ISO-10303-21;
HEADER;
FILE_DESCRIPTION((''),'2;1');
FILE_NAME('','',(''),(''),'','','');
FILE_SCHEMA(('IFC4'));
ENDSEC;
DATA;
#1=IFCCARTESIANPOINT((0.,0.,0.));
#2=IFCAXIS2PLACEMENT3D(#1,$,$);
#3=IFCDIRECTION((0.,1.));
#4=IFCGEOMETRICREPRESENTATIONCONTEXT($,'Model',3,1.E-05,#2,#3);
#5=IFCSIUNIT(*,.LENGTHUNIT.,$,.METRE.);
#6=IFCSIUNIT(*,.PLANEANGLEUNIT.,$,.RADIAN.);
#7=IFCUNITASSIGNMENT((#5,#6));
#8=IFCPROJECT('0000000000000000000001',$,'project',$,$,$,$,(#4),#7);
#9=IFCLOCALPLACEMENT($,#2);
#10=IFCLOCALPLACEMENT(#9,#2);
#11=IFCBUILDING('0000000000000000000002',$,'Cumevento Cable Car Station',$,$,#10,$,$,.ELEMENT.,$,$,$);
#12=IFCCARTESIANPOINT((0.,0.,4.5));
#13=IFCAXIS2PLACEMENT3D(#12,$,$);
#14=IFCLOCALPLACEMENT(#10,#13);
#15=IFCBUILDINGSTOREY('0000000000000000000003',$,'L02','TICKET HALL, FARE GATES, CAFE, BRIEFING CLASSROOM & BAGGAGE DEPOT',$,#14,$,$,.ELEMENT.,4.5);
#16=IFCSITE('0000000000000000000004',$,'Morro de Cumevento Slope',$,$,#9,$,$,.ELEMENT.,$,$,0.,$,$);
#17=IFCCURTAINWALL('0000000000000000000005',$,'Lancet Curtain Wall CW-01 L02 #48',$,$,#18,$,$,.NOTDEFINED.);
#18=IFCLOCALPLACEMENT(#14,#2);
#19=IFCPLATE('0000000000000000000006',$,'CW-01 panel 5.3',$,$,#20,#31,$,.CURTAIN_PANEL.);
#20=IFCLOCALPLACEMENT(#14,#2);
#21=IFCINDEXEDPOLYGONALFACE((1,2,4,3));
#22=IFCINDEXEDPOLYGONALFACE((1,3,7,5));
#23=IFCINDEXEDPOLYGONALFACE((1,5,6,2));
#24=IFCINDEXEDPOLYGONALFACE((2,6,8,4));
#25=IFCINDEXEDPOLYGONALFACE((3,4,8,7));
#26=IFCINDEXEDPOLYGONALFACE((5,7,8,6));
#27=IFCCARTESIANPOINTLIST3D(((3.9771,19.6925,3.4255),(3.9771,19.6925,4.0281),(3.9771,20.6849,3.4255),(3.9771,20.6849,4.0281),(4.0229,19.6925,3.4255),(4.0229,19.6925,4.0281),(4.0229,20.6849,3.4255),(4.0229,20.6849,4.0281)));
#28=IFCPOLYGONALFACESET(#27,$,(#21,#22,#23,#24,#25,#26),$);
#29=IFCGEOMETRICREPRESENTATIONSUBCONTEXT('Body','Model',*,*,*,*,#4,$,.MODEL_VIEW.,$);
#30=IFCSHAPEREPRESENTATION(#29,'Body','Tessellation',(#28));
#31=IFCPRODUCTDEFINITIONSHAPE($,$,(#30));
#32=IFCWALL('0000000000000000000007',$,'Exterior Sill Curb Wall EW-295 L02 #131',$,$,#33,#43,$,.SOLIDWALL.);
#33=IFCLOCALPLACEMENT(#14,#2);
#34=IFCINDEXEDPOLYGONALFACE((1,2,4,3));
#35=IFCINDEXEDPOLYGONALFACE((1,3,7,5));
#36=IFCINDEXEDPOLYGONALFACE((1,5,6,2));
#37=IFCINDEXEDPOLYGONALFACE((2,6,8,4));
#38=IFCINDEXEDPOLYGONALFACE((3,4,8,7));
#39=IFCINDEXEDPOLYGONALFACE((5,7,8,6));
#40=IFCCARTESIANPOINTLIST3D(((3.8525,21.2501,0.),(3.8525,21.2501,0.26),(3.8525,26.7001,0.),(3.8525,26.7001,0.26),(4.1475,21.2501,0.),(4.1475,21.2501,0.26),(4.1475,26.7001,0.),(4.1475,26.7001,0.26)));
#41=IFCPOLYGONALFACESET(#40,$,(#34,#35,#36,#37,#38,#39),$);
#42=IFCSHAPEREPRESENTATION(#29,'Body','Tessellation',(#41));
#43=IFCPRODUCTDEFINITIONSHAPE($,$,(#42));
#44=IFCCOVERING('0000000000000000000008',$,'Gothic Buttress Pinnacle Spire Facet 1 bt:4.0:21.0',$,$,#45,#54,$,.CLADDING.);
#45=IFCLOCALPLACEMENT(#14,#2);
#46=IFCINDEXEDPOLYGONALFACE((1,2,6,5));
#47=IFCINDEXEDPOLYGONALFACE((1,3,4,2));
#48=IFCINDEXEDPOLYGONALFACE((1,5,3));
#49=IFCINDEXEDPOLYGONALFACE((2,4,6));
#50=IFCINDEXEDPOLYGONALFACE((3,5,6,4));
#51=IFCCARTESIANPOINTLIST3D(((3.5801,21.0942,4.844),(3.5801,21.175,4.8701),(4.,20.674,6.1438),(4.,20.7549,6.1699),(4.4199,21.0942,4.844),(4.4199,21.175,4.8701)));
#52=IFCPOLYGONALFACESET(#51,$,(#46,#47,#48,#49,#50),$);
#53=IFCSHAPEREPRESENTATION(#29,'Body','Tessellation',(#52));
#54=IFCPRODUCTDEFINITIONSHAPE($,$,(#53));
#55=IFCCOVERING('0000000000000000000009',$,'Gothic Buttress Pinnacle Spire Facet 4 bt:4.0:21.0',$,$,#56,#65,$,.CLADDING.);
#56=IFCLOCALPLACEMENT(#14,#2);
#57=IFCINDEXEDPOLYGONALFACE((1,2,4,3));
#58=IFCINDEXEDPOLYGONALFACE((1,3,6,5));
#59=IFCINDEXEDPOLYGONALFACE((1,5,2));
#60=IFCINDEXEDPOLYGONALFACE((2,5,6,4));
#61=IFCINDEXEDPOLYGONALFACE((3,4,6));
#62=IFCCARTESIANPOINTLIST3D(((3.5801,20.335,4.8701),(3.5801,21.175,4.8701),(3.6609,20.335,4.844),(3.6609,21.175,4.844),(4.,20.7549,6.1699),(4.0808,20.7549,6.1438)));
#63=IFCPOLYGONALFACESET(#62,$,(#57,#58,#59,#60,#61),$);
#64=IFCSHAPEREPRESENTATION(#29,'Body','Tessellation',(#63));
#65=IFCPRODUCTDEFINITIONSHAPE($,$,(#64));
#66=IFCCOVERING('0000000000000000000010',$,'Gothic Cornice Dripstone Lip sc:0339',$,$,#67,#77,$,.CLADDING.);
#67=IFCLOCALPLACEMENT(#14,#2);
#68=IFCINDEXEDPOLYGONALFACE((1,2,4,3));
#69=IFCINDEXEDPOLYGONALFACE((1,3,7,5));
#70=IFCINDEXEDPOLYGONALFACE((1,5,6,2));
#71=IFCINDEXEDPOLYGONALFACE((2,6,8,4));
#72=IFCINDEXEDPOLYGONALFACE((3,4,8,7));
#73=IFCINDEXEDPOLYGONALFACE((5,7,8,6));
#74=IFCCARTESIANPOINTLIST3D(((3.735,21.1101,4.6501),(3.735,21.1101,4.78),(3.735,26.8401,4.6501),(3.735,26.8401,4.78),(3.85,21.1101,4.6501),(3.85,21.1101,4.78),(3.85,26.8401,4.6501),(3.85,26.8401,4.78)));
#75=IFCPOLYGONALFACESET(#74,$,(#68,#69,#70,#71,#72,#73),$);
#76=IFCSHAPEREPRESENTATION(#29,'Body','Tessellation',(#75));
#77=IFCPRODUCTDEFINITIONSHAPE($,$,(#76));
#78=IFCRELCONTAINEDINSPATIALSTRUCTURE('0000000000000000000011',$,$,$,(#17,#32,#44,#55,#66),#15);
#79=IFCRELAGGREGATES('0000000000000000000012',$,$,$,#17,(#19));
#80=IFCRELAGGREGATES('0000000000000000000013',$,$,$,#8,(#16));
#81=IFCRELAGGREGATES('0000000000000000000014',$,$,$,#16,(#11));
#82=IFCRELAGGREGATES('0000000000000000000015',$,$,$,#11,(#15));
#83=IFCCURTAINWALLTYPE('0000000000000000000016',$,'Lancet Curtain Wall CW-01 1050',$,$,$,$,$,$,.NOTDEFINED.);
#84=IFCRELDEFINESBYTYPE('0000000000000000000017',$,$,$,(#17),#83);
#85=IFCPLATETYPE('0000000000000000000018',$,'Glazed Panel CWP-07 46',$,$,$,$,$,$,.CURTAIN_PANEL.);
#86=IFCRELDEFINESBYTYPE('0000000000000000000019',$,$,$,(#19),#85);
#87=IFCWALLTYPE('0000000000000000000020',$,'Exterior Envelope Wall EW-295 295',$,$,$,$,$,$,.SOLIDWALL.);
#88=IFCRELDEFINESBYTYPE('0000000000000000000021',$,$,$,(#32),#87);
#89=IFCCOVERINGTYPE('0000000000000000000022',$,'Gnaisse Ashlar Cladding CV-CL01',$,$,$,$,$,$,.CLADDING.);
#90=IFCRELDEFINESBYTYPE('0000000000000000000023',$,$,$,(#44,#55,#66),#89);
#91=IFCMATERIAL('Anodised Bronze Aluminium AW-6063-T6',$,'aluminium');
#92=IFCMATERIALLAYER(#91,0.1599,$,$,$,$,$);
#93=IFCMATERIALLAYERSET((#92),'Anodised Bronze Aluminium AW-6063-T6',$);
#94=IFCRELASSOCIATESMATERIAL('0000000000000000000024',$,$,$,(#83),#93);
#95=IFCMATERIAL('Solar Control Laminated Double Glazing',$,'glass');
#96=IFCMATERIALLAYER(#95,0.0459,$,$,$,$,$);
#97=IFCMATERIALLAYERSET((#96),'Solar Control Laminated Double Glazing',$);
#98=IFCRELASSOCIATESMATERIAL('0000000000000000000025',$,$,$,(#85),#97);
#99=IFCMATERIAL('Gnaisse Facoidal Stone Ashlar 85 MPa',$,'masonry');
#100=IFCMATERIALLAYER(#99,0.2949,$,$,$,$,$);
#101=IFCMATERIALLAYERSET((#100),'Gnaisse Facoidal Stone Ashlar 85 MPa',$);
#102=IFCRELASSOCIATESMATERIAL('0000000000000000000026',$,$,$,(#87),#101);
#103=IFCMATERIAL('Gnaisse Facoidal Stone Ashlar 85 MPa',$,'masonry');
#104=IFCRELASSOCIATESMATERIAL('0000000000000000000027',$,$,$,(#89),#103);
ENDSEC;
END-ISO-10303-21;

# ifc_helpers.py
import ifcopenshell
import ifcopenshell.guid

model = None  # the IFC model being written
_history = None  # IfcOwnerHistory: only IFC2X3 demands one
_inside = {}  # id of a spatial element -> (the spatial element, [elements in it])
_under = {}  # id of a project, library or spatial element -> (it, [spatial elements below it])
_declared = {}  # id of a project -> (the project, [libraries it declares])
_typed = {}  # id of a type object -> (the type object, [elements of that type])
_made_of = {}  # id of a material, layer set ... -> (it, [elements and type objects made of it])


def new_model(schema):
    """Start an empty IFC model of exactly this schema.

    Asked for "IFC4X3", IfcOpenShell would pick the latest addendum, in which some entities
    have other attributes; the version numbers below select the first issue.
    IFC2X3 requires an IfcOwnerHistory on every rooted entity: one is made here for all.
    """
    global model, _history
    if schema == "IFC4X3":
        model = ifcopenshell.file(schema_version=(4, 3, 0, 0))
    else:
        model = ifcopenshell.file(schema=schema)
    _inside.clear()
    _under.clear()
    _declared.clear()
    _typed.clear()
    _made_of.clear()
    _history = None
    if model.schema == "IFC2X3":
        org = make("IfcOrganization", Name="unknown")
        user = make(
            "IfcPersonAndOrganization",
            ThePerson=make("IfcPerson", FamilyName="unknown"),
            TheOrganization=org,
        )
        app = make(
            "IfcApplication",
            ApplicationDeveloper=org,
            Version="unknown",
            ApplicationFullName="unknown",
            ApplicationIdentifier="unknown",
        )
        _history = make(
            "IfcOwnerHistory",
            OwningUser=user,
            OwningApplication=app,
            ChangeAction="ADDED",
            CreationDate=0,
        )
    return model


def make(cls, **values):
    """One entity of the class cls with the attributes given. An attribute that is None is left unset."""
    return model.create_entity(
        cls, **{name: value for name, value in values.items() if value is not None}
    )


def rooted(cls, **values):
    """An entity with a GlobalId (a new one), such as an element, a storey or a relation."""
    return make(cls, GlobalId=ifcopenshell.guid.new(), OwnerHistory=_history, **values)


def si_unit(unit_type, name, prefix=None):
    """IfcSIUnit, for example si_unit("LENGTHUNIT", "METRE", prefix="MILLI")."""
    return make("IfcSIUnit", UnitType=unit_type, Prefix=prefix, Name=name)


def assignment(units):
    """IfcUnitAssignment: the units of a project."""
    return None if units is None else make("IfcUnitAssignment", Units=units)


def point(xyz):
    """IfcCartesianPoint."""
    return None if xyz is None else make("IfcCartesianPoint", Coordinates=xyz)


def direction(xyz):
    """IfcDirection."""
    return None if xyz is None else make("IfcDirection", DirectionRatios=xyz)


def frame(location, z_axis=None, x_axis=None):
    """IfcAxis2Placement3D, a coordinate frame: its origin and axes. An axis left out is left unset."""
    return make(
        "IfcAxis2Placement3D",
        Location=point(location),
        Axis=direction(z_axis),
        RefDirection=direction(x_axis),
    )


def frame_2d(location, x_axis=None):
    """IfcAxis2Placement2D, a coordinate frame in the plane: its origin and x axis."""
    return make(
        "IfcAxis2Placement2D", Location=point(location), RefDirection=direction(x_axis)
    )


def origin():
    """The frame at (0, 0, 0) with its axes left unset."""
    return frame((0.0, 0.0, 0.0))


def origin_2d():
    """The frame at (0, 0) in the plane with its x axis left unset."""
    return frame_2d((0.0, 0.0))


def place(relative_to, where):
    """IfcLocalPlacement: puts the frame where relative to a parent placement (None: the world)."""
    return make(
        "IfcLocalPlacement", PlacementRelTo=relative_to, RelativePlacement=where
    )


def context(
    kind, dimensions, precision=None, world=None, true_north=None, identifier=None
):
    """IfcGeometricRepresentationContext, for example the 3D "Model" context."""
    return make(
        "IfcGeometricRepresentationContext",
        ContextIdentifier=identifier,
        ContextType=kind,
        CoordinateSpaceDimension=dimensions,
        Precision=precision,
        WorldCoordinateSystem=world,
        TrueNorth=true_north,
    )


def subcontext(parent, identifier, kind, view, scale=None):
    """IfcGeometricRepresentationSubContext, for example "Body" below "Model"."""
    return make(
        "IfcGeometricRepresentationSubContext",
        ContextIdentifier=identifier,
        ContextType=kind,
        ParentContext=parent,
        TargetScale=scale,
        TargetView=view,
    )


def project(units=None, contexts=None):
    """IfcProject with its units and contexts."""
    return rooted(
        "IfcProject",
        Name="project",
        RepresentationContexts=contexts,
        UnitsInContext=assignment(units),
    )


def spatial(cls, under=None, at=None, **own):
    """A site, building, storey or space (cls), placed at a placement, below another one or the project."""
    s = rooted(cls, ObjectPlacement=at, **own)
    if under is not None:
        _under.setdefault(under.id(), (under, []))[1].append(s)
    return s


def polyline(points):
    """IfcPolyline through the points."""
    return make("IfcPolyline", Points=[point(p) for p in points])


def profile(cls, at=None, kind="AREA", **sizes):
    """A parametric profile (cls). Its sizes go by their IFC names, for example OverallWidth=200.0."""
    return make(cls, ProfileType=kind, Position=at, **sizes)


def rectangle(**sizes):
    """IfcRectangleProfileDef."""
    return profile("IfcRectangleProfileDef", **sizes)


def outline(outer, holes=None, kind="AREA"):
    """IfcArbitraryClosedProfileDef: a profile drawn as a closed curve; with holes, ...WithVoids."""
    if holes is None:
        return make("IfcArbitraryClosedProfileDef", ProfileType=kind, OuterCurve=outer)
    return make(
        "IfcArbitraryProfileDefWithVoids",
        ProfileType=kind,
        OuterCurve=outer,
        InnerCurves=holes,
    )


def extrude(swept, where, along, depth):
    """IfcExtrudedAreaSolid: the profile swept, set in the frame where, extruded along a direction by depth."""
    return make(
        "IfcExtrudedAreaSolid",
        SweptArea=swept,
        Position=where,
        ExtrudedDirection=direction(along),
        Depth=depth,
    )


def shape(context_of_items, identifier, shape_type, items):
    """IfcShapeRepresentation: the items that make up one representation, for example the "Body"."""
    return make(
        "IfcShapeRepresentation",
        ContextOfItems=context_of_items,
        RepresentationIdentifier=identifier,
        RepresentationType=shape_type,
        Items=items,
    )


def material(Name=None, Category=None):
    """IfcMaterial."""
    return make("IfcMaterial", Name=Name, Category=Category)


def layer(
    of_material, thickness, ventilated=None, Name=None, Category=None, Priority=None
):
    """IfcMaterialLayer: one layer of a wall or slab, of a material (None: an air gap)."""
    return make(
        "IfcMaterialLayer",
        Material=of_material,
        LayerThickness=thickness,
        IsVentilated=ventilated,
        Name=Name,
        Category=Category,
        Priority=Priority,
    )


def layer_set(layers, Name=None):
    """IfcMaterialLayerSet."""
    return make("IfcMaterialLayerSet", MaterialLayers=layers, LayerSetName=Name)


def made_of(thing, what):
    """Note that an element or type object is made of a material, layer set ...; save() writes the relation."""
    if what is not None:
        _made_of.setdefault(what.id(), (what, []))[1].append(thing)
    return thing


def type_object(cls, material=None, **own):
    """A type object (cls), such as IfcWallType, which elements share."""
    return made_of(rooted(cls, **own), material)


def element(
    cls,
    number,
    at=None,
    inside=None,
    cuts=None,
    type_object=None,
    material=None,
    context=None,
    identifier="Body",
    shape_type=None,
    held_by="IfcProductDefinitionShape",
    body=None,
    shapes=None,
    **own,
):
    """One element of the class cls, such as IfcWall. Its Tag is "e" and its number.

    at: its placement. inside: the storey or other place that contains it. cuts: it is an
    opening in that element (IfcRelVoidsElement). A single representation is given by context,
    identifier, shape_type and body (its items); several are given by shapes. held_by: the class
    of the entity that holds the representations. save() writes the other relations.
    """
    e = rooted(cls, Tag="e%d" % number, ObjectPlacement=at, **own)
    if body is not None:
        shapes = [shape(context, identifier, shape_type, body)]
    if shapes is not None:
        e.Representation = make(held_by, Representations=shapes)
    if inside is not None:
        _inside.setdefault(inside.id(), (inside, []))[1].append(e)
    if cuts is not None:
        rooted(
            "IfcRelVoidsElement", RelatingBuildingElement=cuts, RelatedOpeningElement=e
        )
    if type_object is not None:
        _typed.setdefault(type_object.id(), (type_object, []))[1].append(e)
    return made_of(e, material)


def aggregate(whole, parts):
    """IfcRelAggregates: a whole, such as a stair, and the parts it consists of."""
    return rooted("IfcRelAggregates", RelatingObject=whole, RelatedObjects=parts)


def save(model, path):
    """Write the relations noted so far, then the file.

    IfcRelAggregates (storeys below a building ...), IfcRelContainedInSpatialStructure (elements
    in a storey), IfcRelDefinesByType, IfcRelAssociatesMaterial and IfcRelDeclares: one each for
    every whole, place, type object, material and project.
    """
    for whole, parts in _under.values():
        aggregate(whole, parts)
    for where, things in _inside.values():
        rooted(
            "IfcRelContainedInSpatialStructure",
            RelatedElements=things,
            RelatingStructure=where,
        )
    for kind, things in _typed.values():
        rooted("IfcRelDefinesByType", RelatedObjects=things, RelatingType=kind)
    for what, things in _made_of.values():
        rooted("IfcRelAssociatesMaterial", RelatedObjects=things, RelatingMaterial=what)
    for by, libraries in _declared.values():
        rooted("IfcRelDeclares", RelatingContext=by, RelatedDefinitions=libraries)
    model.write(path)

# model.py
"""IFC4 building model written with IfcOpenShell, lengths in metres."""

from ifc_helpers import new_model, si_unit, direction, frame, frame_2d, origin, origin_2d, place, context, subcontext, project, spatial, polyline, rectangle, outline, extrude, material, layer, layer_set, type_object, element, aggregate, save


model = new_model("IFC4")

# Units and contexts
model_context = context("Model", 3, precision=1e-05, world=origin(), true_north=direction((0.0, 1.0)))
body_context = subcontext(model_context, "Body", "Model", "MODEL_VIEW")
ifc_project = project(units=[si_unit("LENGTHUNIT", "METRE"), si_unit("PLANEANGLEUNIT", "RADIAN")], contexts=[model_context])

# Site, building, storey
site_placement = place(None, origin())
site = spatial("IfcSite", under=ifc_project, at=site_placement, Name="Morro de Cumevento Slope", CompositionType="ELEMENT", RefElevation=0.0)
building_placement = place(site_placement, origin())
building = spatial("IfcBuilding", under=site, at=building_placement, Name="Cumevento Cable Car Station", CompositionType="ELEMENT")
storey_placement = place(building_placement, frame((0.0, 0.0, 4.5)))
storey = spatial("IfcBuildingStorey", under=building, at=storey_placement, Name="L02", Description="TICKET HALL, FARE GATES, CAFE, BRIEFING CLASSROOM & BAGGAGE DEPOT", CompositionType="ELEMENT", Elevation=4.5)

# Curtain wall
ifc_material_1 = material(Name="Anodised Bronze Aluminium AW-6063-T6", Category="aluminium")
ifc_layer_1 = layer(ifc_material_1, 0.1599)
ifc_layer_set_1 = layer_set([ifc_layer_1], Name="Anodised Bronze Aluminium AW-6063-T6")
curtain_wall_type_1 = type_object("IfcCurtainWallType", Name="Lancet Curtain Wall CW-01 1050", PredefinedType="NOTDEFINED", material=ifc_layer_set_1)
curtain_wall_1_placement = place(storey_placement, origin())
curtain_wall_1 = element("IfcCurtainWall", 1, at=curtain_wall_1_placement, inside=storey, type_object=curtain_wall_type_1, Name="Lancet Curtain Wall CW-01 L02 #48", PredefinedType="NOTDEFINED")

# Plate
ifc_material_2 = material(Name="Solar Control Laminated Double Glazing", Category="glass")
ifc_layer_2 = layer(ifc_material_2, 0.0459)
ifc_layer_set_2 = layer_set([ifc_layer_2], Name="Solar Control Laminated Double Glazing")
plate_type = type_object("IfcPlateType", Name="Glazed Panel CWP-07 46", PredefinedType="CURTAIN_PANEL", material=ifc_layer_set_2)
plate_1_placement = place(storey_placement, frame((4.0, 20.1887, 3.4255), z_axis=(0.0, 0.0, 1.0), x_axis=(0.0, 1.0, 0.0)))
plate_1 = element("IfcPlate", 2, at=plate_1_placement, type_object=plate_type, Name="CW-01 panel 5.3", PredefinedType="CURTAIN_PANEL", context=body_context, shape_type="SweptSolid", body=[
    extrude(rectangle(XDim=0.9924, YDim=0.0459, at=origin_2d()), origin(), (0.0, 0.0, 1.0), 0.6025),
])
aggregate(curtain_wall_1, [plate_1])

# Wall
ifc_material_3 = material(Name="Gnaisse Facoidal Stone Ashlar 85 MPa", Category="masonry")
ifc_layer_3 = layer(ifc_material_3, 0.2949)
ifc_layer_set_3 = layer_set([ifc_layer_3], Name="Gnaisse Facoidal Stone Ashlar 85 MPa")
wall_type = type_object("IfcWallType", Name="Exterior Envelope Wall EW-295 295", PredefinedType="SOLIDWALL", material=ifc_layer_set_3)
wall_placement = place(storey_placement, frame((4.0, 21.25, 0.0), z_axis=(0.0, 0.0, 1.0), x_axis=(0.0, 1.0, 0.0)))
element("IfcWall", 3, at=wall_placement, inside=storey, type_object=wall_type, Name="Exterior Sill Curb Wall EW-295 L02 #131", PredefinedType="SOLIDWALL", context=body_context, shape_type="SweptSolid", body=[
    extrude(rectangle(XDim=5.45, YDim=0.2949, at=frame_2d((2.7251, 0.0))), origin(), (0.0, 0.0, 1.0), 0.26),
])

# Coverings
ifc_material_4 = material(Name="Gnaisse Facoidal Stone Ashlar 85 MPa", Category="masonry")
covering_type = type_object("IfcCoveringType", Name="Gnaisse Ashlar Cladding CV-CL01", PredefinedType="CLADDING", material=ifc_material_4)
covering_1_placement = place(storey_placement, frame((3.5801, 21.175, 4.8701), z_axis=(0.0, 0.951521, 0.307582), x_axis=(1.0, 0.0, 0.0)))
element("IfcCovering", 4, at=covering_1_placement, inside=storey, type_object=covering_type, Name="Gothic Buttress Pinnacle Spire Facet 1 bt:4.0:21.0", PredefinedType="CLADDING", context=body_context, shape_type="SweptSolid", body=[
    extrude(outline(polyline([(0.0, 0.0), (0.8398, 0.0), (0.4199, -1.366), (0.0, 0.0)])), origin(), (0.0, 0.0, -1.0), 0.085),
])
covering_2_placement = place(storey_placement, frame((3.5801, 20.335, 4.8701), z_axis=(-0.951574, 0.0, 0.307421), x_axis=(0.0, 1.0, 0.0)))
element("IfcCovering", 5, at=covering_2_placement, inside=storey, type_object=covering_type, Name="Gothic Buttress Pinnacle Spire Facet 4 bt:4.0:21.0", PredefinedType="CLADDING", context=body_context, shape_type="SweptSolid", body=[
    extrude(outline(polyline([(0.0, 0.0), (0.8401, 0.0), (0.4199, -1.366), (0.0, 0.0)])), origin(), (0.0, 0.0, -1.0), 0.085),
])
covering_3_placement = place(storey_placement, frame((3.7925, 23.9751, 4.6501), z_axis=(0.0, 0.0, 1.0), x_axis=(0.0, 1.0, 0.0)))
element("IfcCovering", 6, at=covering_3_placement, inside=storey, type_object=covering_type, Name="Gothic Cornice Dripstone Lip sc:0339", PredefinedType="CLADDING", context=body_context, shape_type="SweptSolid", body=[
    extrude(rectangle(XDim=5.73, YDim=0.115, at=origin_2d()), origin(), (0.0, 0.0, 1.0), 0.1299),
])

save(model, "model.ifc")
